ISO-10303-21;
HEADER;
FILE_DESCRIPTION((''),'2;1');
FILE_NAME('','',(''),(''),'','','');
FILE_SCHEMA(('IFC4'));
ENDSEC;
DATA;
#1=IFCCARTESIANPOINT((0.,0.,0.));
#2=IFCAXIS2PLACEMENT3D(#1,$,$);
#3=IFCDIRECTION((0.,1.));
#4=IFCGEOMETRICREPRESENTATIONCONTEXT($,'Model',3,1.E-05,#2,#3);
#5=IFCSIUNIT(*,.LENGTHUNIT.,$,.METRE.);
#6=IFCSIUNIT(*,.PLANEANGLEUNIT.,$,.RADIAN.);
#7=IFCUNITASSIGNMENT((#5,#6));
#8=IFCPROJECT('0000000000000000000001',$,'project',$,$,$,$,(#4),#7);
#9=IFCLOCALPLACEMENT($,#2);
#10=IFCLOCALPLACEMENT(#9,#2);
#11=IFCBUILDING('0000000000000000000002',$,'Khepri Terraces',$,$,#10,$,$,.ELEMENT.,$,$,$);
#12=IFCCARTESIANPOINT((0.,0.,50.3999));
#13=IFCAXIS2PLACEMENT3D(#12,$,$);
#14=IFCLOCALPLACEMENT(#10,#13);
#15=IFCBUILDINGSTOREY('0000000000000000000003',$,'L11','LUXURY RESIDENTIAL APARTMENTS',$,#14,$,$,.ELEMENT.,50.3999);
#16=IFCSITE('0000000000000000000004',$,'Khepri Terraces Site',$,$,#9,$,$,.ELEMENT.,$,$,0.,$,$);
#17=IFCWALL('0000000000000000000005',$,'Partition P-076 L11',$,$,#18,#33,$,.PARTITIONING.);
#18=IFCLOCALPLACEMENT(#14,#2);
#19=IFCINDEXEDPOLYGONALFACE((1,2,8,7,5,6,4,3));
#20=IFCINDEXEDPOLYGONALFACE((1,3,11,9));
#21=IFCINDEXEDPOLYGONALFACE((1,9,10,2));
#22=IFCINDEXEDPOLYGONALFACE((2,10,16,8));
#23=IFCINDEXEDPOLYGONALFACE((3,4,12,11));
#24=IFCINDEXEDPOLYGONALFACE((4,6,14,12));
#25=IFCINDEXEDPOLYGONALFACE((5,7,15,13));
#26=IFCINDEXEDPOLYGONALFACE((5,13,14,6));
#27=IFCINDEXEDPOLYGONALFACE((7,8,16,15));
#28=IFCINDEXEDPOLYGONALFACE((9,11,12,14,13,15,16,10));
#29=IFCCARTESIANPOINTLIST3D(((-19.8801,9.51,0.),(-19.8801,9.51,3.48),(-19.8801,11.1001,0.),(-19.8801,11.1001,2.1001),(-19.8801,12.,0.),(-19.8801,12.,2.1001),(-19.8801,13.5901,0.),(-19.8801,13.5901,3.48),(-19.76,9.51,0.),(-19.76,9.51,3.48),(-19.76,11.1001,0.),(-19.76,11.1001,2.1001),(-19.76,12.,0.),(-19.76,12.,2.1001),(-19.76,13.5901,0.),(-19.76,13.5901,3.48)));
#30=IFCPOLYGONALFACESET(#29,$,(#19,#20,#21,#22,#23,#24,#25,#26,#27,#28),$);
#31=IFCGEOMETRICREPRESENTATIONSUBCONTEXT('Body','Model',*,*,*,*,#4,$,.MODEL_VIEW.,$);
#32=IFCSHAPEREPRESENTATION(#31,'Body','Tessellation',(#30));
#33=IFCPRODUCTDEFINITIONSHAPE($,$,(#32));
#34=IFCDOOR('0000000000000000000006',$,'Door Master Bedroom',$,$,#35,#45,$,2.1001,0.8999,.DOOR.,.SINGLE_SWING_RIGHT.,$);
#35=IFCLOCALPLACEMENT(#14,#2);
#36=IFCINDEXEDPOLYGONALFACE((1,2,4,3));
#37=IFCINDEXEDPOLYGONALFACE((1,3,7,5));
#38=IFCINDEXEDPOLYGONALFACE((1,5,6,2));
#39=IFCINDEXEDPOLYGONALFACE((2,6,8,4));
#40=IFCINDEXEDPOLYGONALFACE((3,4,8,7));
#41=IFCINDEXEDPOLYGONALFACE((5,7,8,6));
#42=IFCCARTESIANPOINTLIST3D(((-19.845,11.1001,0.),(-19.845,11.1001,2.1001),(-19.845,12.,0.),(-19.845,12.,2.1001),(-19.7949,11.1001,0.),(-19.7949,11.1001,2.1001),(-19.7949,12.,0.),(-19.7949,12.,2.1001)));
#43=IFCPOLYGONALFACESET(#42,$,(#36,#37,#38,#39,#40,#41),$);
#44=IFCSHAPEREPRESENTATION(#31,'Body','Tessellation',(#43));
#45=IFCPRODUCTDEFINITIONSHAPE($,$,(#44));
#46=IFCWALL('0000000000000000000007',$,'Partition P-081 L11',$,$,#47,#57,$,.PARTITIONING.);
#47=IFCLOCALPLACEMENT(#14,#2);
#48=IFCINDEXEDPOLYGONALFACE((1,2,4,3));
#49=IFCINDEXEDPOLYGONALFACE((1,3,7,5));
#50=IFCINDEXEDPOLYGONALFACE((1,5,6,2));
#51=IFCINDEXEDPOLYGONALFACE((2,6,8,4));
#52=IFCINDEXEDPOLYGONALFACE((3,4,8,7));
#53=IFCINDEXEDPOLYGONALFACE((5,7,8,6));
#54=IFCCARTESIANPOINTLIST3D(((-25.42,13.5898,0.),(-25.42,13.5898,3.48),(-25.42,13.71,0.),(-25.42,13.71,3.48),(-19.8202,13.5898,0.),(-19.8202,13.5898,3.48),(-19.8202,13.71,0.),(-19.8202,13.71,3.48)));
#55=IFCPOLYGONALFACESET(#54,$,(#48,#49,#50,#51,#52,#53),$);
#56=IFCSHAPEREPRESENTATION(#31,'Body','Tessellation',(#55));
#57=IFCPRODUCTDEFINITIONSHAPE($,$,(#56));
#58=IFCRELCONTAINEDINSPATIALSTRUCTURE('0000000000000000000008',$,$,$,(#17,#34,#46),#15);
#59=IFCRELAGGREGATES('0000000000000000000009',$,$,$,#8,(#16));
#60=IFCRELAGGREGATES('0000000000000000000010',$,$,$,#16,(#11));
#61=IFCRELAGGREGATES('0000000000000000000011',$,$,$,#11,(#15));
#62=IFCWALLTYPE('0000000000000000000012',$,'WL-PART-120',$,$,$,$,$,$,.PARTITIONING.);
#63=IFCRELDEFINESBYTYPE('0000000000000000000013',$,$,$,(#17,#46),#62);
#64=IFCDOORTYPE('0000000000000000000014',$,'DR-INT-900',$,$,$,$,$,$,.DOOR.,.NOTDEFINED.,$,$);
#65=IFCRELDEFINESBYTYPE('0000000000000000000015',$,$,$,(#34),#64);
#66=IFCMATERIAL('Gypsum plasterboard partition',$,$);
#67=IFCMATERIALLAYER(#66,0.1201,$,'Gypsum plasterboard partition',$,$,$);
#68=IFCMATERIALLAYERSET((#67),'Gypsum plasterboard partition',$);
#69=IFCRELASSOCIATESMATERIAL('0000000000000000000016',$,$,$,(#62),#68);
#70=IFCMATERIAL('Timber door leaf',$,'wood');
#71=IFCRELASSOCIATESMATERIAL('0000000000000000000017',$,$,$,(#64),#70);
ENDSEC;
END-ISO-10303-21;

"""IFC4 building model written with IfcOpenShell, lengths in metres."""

from ifc_helpers import new_model, si_unit, direction, frame, frame_2d, origin, place, context, subcontext, project, spatial, rectangle, extrude, material, layer, layer_set, type_object, element, fill, save


model = new_model("IFC4")

# Units and contexts
model_context = context("Model", 3, precision=1e-05, world=origin(), true_north=direction((0.0, 1.0)))
body_context = subcontext(model_context, "Body", "Model", "MODEL_VIEW")
ifc_project = project(units=[si_unit("LENGTHUNIT", "METRE"), si_unit("PLANEANGLEUNIT", "RADIAN")], contexts=[model_context])

# Site, building, storey
site_placement = place(None, origin())
site = spatial("IfcSite", under=ifc_project, at=site_placement, Name="Khepri Terraces Site", CompositionType="ELEMENT", RefElevation=0.0)
building_placement = place(site_placement, origin())
building = spatial("IfcBuilding", under=site, at=building_placement, Name="Khepri Terraces", CompositionType="ELEMENT")
storey_placement = place(building_placement, frame((0.0, 0.0, 50.3999)))
storey = spatial("IfcBuildingStorey", under=building, at=storey_placement, Name="L11", Description="LUXURY RESIDENTIAL APARTMENTS", CompositionType="ELEMENT", Elevation=50.3999)

# Shared definitions
ifc_material_1 = material(Name="Gypsum plasterboard partition")
ifc_layer_1 = layer(ifc_material_1, 0.1201, Name="Gypsum plasterboard partition")
ifc_layer_set_1 = layer_set([ifc_layer_1], Name="Gypsum plasterboard partition")
wall_type_1 = type_object("IfcWallType", Name="WL-PART-120", PredefinedType="PARTITIONING", material=ifc_layer_set_1)
ifc_material_2 = material(Name="Timber door leaf", Category="wood")
door_type_1 = type_object("IfcDoorType", Name="DR-INT-900", OperationType="NOTDEFINED", PredefinedType="DOOR", material=ifc_material_2)

# Wall, opening, door
wall_1_placement = place(storey_placement, frame((-19.8201, 9.51, 0.0), z_axis=(0.0, 0.0, 1.0), x_axis=(0.0, 1.0, 0.0)))
wall_1 = element("IfcWall", 1, at=wall_1_placement, inside=storey, type_object=wall_type_1, Name="Partition P-076 L11", PredefinedType="PARTITIONING", context=body_context, shape_type="SweptSolid", body=[
    extrude(rectangle(XDim=4.0801, YDim=0.1201, at=frame_2d((2.04, 0.0))), origin(), (0.0, 0.0, 1.0), 3.48),
])
opening_1_placement = place(wall_1_placement, frame((1.5901, 0.0, 0.0)))
opening_1 = element("IfcOpeningElement", 2, at=opening_1_placement, cuts=wall_1, PredefinedType="OPENING", context=body_context, shape_type="SweptSolid", body=[
    extrude(rectangle(XDim=0.8999, YDim=2.1001, at=frame_2d((0.45, 1.05))), frame((0.0, 0.0701, 0.0), z_axis=(0.0, -1.0, 0.0), x_axis=(1.0, 0.0, 0.0)), (0.0, 0.0, 1.0), 0.1401),
])
door_1_placement = place(opening_1_placement, origin())
door_1 = element("IfcDoor", 3, at=door_1_placement, inside=storey, type_object=door_type_1, Name="Door Master Bedroom", OperationType="SINGLE_SWING_RIGHT", OverallHeight=2.1001, OverallWidth=0.8999, PredefinedType="DOOR", context=body_context, shape_type="SweptSolid", body=[
    extrude(rectangle(XDim=0.8999, YDim=2.1001, at=frame_2d((0.45, 1.05))), frame((0.0, 0.0249, 0.0), z_axis=(0.0, -1.0, 0.0), x_axis=(1.0, 0.0, 0.0)), (0.0, 0.0, 1.0), 0.05),
])
fill(opening_1, door_1)

# Wall
wall_2_placement = place(storey_placement, frame((-25.4199, 13.6499, 0.0), z_axis=(0.0, 0.0, 1.0), x_axis=(1.0, 0.0, 0.0)))
element("IfcWall", 4, at=wall_2_placement, inside=storey, type_object=wall_type_1, Name="Partition P-081 L11", PredefinedType="PARTITIONING", context=body_context, shape_type="SweptSolid", body=[
    extrude(rectangle(XDim=5.5999, YDim=0.1201, at=frame_2d((2.7998, 0.0))), origin(), (0.0, 0.0, 1.0), 3.48),
])

save(model, "model.ifc")
